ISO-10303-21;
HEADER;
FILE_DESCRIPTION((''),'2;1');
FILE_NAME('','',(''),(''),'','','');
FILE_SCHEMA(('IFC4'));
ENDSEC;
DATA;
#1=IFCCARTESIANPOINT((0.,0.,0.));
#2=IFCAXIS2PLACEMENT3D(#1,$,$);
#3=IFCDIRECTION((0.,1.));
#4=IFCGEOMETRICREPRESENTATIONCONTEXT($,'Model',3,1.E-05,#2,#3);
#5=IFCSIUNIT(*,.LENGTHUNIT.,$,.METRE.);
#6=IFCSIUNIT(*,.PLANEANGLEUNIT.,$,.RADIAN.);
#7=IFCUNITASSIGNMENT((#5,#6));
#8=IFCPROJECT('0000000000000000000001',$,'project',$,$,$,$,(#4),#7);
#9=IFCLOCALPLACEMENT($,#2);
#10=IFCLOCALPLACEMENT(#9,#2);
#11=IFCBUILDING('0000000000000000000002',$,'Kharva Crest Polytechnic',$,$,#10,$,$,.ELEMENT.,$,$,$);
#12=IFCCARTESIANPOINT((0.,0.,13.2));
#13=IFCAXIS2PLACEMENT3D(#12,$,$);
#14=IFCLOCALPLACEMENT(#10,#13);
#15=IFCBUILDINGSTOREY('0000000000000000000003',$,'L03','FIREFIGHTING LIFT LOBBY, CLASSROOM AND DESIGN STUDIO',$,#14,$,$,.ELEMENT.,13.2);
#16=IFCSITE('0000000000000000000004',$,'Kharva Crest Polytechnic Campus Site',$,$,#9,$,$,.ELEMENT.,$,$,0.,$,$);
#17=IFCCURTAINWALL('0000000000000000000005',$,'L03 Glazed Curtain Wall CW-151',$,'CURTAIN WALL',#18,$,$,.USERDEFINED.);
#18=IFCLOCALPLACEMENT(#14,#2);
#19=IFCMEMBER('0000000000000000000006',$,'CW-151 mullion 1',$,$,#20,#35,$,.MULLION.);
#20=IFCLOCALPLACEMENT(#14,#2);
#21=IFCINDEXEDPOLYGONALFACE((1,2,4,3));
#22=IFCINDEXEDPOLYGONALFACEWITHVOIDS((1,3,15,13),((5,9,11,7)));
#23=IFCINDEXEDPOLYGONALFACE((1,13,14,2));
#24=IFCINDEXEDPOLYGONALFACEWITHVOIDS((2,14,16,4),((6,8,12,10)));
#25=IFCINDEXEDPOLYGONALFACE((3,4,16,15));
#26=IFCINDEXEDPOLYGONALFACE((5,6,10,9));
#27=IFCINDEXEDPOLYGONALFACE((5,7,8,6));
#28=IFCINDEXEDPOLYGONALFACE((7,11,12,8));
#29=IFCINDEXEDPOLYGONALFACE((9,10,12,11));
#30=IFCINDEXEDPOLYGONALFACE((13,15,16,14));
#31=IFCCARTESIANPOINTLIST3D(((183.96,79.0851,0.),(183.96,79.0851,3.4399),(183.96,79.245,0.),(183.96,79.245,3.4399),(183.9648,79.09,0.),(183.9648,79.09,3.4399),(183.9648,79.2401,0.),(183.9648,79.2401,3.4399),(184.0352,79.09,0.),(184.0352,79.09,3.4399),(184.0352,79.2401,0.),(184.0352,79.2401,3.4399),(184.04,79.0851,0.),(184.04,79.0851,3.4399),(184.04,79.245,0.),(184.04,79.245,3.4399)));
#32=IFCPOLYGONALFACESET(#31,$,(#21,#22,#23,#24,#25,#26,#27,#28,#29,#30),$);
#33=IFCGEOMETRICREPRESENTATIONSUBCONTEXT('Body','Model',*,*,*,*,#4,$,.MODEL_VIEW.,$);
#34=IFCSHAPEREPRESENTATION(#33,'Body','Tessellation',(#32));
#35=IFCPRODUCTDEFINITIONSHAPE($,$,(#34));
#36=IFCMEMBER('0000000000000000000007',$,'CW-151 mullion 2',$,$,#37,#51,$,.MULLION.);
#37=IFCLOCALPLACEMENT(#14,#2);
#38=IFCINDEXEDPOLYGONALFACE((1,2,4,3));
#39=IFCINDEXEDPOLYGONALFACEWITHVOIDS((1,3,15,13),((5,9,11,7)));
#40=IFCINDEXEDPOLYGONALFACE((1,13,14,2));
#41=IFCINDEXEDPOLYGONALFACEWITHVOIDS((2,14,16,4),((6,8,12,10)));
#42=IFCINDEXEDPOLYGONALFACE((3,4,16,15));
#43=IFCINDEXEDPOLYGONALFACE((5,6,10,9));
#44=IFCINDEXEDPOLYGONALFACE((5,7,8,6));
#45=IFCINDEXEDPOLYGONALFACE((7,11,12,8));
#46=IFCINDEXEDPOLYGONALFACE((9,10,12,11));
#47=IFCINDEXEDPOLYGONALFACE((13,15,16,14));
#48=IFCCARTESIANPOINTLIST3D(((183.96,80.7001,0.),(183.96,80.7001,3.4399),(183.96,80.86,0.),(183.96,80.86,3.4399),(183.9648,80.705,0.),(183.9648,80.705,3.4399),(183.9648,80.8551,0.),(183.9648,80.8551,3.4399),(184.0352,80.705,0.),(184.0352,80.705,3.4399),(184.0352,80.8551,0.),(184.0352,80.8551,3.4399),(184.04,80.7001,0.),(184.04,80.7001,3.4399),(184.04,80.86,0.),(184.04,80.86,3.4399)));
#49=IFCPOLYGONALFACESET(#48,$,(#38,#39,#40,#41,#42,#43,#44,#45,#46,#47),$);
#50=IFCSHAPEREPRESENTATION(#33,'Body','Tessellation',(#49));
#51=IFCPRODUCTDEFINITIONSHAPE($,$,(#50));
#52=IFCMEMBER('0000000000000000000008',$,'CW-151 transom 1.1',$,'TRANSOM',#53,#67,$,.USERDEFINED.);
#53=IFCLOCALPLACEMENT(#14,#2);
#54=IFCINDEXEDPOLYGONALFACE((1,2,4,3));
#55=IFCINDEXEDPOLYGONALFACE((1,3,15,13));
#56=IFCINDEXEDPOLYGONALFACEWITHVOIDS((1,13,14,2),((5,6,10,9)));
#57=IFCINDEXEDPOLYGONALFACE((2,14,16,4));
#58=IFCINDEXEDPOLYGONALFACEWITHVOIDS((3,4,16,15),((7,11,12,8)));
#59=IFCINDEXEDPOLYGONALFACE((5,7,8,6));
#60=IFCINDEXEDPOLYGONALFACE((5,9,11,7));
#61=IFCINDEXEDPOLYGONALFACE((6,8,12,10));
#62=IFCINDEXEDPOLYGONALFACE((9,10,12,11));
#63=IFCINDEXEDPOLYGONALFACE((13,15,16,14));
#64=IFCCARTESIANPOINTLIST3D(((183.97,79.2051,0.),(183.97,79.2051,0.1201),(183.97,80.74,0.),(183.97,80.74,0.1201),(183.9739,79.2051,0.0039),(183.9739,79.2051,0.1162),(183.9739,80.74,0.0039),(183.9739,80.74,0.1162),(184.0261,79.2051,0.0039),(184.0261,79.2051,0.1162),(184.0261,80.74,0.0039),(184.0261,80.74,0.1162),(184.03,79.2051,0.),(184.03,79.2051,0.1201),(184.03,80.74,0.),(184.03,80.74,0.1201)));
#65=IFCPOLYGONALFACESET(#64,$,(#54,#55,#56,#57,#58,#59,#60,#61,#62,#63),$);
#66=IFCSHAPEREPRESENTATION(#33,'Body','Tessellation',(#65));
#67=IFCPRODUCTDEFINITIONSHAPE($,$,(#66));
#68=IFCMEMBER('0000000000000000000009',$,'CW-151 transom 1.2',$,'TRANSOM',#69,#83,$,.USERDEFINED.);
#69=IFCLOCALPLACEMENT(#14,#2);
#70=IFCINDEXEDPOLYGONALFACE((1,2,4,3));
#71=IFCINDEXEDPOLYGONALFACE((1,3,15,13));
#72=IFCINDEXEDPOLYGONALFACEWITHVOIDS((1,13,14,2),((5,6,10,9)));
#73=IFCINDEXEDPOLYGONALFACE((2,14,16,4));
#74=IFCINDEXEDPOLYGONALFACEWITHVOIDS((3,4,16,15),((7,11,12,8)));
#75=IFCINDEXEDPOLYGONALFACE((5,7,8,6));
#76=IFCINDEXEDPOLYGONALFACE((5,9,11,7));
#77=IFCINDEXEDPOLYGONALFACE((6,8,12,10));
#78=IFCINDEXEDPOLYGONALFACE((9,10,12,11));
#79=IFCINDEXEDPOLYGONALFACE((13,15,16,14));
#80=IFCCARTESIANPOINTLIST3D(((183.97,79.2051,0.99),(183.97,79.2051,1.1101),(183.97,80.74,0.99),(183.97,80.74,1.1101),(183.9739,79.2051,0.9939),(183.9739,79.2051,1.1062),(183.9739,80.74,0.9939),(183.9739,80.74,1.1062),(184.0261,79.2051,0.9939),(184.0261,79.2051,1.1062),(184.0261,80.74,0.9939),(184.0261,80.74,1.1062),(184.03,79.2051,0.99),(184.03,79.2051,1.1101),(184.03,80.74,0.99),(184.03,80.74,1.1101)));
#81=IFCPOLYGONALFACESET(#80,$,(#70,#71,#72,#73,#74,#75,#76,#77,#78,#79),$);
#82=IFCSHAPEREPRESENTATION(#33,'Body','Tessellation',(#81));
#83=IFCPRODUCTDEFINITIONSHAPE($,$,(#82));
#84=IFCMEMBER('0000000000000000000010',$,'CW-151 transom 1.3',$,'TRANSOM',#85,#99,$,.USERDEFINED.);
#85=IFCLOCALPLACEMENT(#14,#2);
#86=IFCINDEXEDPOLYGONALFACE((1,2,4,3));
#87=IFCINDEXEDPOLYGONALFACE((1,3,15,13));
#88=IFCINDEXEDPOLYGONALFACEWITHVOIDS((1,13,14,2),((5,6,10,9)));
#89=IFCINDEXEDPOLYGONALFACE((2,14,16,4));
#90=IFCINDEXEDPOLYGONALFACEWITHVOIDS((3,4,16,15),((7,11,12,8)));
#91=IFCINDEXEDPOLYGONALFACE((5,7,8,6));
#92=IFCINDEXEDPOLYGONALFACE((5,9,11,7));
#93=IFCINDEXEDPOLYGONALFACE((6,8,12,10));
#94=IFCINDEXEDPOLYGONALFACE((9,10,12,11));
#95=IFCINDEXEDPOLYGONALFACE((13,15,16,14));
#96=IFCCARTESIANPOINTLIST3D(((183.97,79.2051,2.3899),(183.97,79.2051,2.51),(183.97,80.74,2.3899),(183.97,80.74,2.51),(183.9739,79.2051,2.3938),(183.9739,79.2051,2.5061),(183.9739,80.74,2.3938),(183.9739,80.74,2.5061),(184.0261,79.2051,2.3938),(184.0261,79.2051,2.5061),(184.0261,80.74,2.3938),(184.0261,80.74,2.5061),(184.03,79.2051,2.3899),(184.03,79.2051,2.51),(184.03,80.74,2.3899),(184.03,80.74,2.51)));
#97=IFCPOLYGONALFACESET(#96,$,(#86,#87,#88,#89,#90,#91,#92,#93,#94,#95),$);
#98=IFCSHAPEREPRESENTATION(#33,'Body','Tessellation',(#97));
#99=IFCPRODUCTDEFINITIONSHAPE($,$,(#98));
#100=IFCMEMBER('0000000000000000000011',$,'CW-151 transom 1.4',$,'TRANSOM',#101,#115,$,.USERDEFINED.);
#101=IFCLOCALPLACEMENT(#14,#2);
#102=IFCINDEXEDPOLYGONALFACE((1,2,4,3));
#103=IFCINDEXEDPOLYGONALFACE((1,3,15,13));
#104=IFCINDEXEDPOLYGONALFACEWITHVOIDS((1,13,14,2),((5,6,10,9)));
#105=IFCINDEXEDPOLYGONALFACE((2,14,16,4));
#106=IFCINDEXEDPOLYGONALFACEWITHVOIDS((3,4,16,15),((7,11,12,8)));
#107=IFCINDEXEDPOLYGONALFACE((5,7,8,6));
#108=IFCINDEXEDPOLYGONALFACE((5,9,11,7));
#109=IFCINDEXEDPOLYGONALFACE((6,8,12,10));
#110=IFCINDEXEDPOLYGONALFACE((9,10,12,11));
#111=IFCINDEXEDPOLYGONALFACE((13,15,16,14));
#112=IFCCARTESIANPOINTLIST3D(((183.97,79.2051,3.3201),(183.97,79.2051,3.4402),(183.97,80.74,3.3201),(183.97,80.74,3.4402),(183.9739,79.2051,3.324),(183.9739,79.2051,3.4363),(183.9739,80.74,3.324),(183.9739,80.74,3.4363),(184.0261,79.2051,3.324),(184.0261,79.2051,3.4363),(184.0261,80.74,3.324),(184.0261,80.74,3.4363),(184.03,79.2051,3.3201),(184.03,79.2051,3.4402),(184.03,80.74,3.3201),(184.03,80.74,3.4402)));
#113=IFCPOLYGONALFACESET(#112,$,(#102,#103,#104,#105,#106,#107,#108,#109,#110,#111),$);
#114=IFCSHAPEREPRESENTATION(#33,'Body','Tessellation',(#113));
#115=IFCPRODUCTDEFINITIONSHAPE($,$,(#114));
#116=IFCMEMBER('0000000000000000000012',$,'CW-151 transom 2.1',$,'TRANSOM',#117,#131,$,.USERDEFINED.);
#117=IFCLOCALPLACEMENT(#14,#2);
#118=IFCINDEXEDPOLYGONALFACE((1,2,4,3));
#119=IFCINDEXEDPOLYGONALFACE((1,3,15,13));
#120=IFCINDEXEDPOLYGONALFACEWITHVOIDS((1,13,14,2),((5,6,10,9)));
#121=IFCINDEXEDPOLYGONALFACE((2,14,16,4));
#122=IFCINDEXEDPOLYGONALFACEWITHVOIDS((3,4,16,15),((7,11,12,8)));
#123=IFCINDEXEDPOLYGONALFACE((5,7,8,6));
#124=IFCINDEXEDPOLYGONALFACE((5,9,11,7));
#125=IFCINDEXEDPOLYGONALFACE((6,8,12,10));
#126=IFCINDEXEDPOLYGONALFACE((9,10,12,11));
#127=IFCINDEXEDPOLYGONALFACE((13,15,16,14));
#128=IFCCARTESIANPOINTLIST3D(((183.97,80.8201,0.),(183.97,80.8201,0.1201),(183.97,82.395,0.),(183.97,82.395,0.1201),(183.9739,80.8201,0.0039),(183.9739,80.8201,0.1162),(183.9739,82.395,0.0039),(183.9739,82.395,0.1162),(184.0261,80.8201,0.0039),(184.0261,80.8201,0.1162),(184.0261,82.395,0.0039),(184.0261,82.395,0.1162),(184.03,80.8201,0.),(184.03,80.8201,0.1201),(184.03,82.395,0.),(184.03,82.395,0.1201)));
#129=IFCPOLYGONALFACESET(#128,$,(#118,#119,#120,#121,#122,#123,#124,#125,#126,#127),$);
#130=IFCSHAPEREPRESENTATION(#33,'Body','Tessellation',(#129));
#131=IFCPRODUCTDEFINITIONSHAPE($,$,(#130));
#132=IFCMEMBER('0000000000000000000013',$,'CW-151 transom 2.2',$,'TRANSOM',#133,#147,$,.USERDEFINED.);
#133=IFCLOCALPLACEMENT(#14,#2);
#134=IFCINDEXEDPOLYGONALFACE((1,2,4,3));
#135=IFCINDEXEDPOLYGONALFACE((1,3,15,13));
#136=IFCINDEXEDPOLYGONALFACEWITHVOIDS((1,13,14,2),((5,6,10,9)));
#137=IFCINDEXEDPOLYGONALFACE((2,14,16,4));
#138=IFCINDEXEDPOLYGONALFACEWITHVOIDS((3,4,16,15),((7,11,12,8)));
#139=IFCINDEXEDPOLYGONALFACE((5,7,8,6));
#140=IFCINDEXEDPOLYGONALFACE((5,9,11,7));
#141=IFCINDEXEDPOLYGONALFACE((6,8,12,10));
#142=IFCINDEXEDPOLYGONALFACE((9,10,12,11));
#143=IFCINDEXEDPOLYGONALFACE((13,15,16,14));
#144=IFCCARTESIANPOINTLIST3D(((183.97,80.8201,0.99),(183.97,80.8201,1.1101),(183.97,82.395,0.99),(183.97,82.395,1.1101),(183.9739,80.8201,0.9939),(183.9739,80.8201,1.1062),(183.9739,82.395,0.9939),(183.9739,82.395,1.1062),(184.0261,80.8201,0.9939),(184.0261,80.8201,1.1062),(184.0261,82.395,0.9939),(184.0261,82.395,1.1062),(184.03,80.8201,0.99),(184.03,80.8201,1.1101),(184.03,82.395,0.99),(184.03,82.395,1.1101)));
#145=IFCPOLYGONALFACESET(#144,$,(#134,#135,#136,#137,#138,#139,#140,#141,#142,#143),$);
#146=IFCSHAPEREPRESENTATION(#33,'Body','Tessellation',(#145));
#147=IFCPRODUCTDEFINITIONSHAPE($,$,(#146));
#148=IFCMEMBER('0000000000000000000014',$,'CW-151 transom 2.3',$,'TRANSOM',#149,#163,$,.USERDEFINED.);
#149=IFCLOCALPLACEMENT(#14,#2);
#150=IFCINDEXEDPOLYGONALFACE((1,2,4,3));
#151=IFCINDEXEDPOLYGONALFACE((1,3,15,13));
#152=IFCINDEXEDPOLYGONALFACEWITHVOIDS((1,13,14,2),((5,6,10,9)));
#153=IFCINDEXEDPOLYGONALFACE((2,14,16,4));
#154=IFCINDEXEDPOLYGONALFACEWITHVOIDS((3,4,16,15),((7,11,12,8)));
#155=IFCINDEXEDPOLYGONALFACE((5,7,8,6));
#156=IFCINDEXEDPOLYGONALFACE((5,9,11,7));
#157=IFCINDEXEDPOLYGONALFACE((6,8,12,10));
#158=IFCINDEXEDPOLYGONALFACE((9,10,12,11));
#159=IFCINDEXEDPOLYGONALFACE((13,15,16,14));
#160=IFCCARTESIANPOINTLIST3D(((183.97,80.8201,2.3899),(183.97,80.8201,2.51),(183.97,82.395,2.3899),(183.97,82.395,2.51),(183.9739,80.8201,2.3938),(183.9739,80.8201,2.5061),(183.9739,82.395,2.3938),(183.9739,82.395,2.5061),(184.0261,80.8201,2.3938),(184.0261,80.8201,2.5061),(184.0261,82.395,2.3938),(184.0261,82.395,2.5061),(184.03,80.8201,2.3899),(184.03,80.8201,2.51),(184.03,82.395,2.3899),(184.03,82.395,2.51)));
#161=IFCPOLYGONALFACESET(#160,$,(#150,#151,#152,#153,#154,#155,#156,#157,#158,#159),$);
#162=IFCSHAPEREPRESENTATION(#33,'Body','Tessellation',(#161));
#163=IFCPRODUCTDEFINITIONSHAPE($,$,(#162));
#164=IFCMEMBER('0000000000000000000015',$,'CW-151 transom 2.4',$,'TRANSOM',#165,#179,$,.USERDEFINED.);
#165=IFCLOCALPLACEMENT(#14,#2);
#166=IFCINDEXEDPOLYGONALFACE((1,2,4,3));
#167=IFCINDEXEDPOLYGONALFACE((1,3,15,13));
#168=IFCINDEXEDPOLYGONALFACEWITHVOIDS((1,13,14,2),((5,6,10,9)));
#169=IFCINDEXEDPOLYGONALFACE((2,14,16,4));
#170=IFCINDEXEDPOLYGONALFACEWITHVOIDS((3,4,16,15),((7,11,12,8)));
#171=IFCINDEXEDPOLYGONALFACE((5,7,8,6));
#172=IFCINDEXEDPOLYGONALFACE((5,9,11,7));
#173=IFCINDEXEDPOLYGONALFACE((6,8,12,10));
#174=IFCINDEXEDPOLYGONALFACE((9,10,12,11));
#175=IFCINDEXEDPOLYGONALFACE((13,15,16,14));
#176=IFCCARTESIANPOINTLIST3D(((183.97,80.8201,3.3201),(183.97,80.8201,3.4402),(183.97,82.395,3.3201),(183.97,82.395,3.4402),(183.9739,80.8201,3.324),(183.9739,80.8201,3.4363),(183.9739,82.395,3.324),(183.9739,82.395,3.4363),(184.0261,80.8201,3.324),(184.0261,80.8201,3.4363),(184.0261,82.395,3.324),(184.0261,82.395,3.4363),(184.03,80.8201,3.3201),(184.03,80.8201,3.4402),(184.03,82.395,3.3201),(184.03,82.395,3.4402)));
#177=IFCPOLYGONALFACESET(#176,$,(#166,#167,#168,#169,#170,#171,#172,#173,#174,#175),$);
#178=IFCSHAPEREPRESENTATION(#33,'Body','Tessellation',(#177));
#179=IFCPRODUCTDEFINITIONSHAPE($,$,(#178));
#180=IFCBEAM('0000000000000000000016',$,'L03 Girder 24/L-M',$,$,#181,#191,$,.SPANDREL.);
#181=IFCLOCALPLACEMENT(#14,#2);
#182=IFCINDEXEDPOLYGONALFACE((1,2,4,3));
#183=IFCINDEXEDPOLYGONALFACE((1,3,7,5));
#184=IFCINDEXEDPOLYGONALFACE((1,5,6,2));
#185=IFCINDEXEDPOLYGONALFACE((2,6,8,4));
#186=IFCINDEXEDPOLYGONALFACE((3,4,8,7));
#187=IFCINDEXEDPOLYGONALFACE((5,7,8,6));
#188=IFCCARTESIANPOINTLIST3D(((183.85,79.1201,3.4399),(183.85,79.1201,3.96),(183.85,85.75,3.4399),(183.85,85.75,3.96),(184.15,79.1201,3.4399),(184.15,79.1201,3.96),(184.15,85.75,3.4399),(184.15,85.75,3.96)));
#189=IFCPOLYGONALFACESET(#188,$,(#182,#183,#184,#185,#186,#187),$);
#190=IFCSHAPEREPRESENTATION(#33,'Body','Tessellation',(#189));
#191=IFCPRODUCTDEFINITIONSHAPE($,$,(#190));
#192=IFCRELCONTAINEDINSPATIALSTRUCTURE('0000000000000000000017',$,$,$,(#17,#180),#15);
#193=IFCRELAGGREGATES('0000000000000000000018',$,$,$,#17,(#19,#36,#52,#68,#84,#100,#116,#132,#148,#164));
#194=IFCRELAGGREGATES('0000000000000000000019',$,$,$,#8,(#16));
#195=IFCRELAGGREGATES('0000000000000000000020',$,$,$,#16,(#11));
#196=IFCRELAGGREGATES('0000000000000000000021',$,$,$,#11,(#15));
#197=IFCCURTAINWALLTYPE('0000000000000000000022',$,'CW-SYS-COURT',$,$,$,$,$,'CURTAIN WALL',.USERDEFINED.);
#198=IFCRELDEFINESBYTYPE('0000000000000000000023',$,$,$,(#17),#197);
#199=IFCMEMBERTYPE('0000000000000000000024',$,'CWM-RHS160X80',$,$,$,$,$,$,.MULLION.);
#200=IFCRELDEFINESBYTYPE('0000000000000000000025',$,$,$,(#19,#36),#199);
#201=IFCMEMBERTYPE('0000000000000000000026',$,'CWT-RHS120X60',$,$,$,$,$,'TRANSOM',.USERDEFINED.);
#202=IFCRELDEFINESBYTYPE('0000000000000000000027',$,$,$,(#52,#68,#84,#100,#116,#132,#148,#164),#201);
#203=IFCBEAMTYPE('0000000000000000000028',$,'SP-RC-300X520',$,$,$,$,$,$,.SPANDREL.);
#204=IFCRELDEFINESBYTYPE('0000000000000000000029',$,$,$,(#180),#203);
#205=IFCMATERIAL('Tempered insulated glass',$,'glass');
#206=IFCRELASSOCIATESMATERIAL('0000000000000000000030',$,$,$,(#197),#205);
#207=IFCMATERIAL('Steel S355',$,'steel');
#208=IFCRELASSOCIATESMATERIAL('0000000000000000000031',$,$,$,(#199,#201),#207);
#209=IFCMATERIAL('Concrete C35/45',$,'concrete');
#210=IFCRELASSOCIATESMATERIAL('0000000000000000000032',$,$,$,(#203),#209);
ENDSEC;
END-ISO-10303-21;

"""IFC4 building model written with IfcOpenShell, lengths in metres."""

from ifc_helpers import new_model, si_unit, direction, frame, origin, origin_2d, place, context, subcontext, project, spatial, rectangle, hollow_rectangle, extrude, material, material_profile, profile_set, type_object, element, aggregate, save


model = new_model("IFC4")

# Units and contexts
model_context = context("Model", 3, precision=1e-05, world=origin(), true_north=direction((0.0, 1.0)))
body_context = subcontext(model_context, "Body", "Model", "MODEL_VIEW")
ifc_project = project(units=[si_unit("LENGTHUNIT", "METRE"), si_unit("PLANEANGLEUNIT", "RADIAN")], contexts=[model_context])

# Site, building, storey
site_placement = place(None, origin())
site = spatial("IfcSite", under=ifc_project, at=site_placement, Name="Kharva Crest Polytechnic Campus Site", CompositionType="ELEMENT", RefElevation=0.0)
building_placement = place(site_placement, origin())
building = spatial("IfcBuilding", under=site, at=building_placement, Name="Kharva Crest Polytechnic", CompositionType="ELEMENT")
storey_placement = place(building_placement, frame((0.0, 0.0, 13.2)))
storey = spatial("IfcBuildingStorey", under=building, at=storey_placement, Name="L03", Description="FIREFIGHTING LIFT LOBBY, CLASSROOM AND DESIGN STUDIO", CompositionType="ELEMENT", Elevation=13.2)

# Shared definitions
ifc_material_1 = material(Name="Steel S355", Category="steel")

# Curtain wall, members
ifc_material_2 = material(Name="Tempered insulated glass", Category="glass")
curtain_wall_type = type_object("IfcCurtainWallType", Name="CW-SYS-COURT", ElementType="CURTAIN WALL", PredefinedType="USERDEFINED", material=ifc_material_2)
curtain_wall_placement = place(storey_placement, origin())
curtain_wall = element("IfcCurtainWall", 1, at=curtain_wall_placement, inside=storey, type_object=curtain_wall_type, Name="L03 Glazed Curtain Wall CW-151", ObjectType="CURTAIN WALL", PredefinedType="USERDEFINED")
ifc_material_profile_1 = material_profile(ifc_material_1, hollow_rectangle(XDim=0.0801, YDim=0.1599, WallThickness=0.0049, at=origin_2d()), Name="RHS 160X80X5.0")
ifc_profile_set_1 = profile_set([ifc_material_profile_1], Name="Steel S355")
member_type_1 = type_object("IfcMemberType", Name="CWM-RHS160X80", PredefinedType="MULLION", material=ifc_profile_set_1)
member_1_placement = place(storey_placement, frame((184.0, 79.165, 0.0), z_axis=(0.0, 0.0, 1.0), x_axis=(-1.0, 0.0, 0.0)))
member_1 = element("IfcMember", 2, at=member_1_placement, type_object=member_type_1, Name="CW-151 mullion 1", PredefinedType="MULLION", context=body_context, shape_type="SweptSolid", body=[
    extrude(hollow_rectangle(XDim=0.0801, YDim=0.1599, WallThickness=0.0049, at=origin_2d()), origin(), (0.0, 0.0, 1.0), 3.4399),
])
member_2_placement = place(storey_placement, frame((184.0, 80.78, 0.0), z_axis=(0.0, 0.0, 1.0), x_axis=(-1.0, 0.0, 0.0)))
member_2 = element("IfcMember", 3, at=member_2_placement, type_object=member_type_1, Name="CW-151 mullion 2", PredefinedType="MULLION", context=body_context, shape_type="SweptSolid", body=[
    extrude(hollow_rectangle(XDim=0.0801, YDim=0.1599, WallThickness=0.0049, at=origin_2d()), origin(), (0.0, 0.0, 1.0), 3.4399),
])
ifc_material_profile_2 = material_profile(ifc_material_1, hollow_rectangle(XDim=0.0601, YDim=0.1201, WallThickness=0.0039, at=origin_2d()), Name="RHS 120X60X4.0")
ifc_profile_set_2 = profile_set([ifc_material_profile_2], Name="Steel S355")
member_type_2 = type_object("IfcMemberType", Name="CWT-RHS120X60", ElementType="TRANSOM", PredefinedType="USERDEFINED", material=ifc_profile_set_2)
member_3_placement = place(storey_placement, frame((184.0, 79.2051, 0.0601), z_axis=(0.0, 1.0, 0.0), x_axis=(-1.0, 0.0, 0.0)))
member_3 = element("IfcMember", 4, at=member_3_placement, type_object=member_type_2, Name="CW-151 transom 1.1", ObjectType="TRANSOM", PredefinedType="USERDEFINED", context=body_context, shape_type="SweptSolid", body=[
    extrude(hollow_rectangle(XDim=0.0601, YDim=0.1201, WallThickness=0.0039, at=origin_2d()), origin(), (0.0, 0.0, 1.0), 1.5349),
])
member_4_placement = place(storey_placement, frame((184.0, 79.2051, 1.05), z_axis=(0.0, 1.0, 0.0), x_axis=(-1.0, 0.0, 0.0)))
member_4 = element("IfcMember", 5, at=member_4_placement, type_object=member_type_2, Name="CW-151 transom 1.2", ObjectType="TRANSOM", PredefinedType="USERDEFINED", context=body_context, shape_type="SweptSolid", body=[
    extrude(hollow_rectangle(XDim=0.0601, YDim=0.1201, WallThickness=0.0039, at=origin_2d()), origin(), (0.0, 0.0, 1.0), 1.5349),
])
member_5_placement = place(storey_placement, frame((184.0, 79.2051, 2.45), z_axis=(0.0, 1.0, 0.0), x_axis=(-1.0, 0.0, 0.0)))
member_5 = element("IfcMember", 6, at=member_5_placement, type_object=member_type_2, Name="CW-151 transom 1.3", ObjectType="TRANSOM", PredefinedType="USERDEFINED", context=body_context, shape_type="SweptSolid", body=[
    extrude(hollow_rectangle(XDim=0.0601, YDim=0.1201, WallThickness=0.0039, at=origin_2d()), origin(), (0.0, 0.0, 1.0), 1.5349),
])
member_6_placement = place(storey_placement, frame((184.0, 79.2051, 3.3801), z_axis=(0.0, 1.0, 0.0), x_axis=(-1.0, 0.0, 0.0)))
member_6 = element("IfcMember", 7, at=member_6_placement, type_object=member_type_2, Name="CW-151 transom 1.4", ObjectType="TRANSOM", PredefinedType="USERDEFINED", context=body_context, shape_type="SweptSolid", body=[
    extrude(hollow_rectangle(XDim=0.0601, YDim=0.1201, WallThickness=0.0039, at=origin_2d()), origin(), (0.0, 0.0, 1.0), 1.5349),
])
member_7_placement = place(storey_placement, frame((184.0, 80.8201, 0.0601), z_axis=(0.0, 1.0, 0.0), x_axis=(-1.0, 0.0, 0.0)))
member_7 = element("IfcMember", 8, at=member_7_placement, type_object=member_type_2, Name="CW-151 transom 2.1", ObjectType="TRANSOM", PredefinedType="USERDEFINED", context=body_context, shape_type="SweptSolid", body=[
    extrude(hollow_rectangle(XDim=0.0601, YDim=0.1201, WallThickness=0.0039, at=origin_2d()), origin(), (0.0, 0.0, 1.0), 1.575),
])
member_8_placement = place(storey_placement, frame((184.0, 80.8201, 1.05), z_axis=(0.0, 1.0, 0.0), x_axis=(-1.0, 0.0, 0.0)))
member_8 = element("IfcMember", 9, at=member_8_placement, type_object=member_type_2, Name="CW-151 transom 2.2", ObjectType="TRANSOM", PredefinedType="USERDEFINED", context=body_context, shape_type="SweptSolid", body=[
    extrude(hollow_rectangle(XDim=0.0601, YDim=0.1201, WallThickness=0.0039, at=origin_2d()), origin(), (0.0, 0.0, 1.0), 1.575),
])
member_9_placement = place(storey_placement, frame((184.0, 80.8201, 2.45), z_axis=(0.0, 1.0, 0.0), x_axis=(-1.0, 0.0, 0.0)))
member_9 = element("IfcMember", 10, at=member_9_placement, type_object=member_type_2, Name="CW-151 transom 2.3", ObjectType="TRANSOM", PredefinedType="USERDEFINED", context=body_context, shape_type="SweptSolid", body=[
    extrude(hollow_rectangle(XDim=0.0601, YDim=0.1201, WallThickness=0.0039, at=origin_2d()), origin(), (0.0, 0.0, 1.0), 1.575),
])
member_10_placement = place(storey_placement, frame((184.0, 80.8201, 3.3801), z_axis=(0.0, 1.0, 0.0), x_axis=(-1.0, 0.0, 0.0)))
member_10 = element("IfcMember", 11, at=member_10_placement, type_object=member_type_2, Name="CW-151 transom 2.4", ObjectType="TRANSOM", PredefinedType="USERDEFINED", context=body_context, shape_type="SweptSolid", body=[
    extrude(hollow_rectangle(XDim=0.0601, YDim=0.1201, WallThickness=0.0039, at=origin_2d()), origin(), (0.0, 0.0, 1.0), 1.575),
])

# Beam
ifc_material_3 = material(Name="Concrete C35/45", Category="concrete")
ifc_material_profile_3 = material_profile(ifc_material_3, rectangle(XDim=0.3, YDim=0.52, at=origin_2d()), Name="RECT 300 X 520")
ifc_profile_set_3 = profile_set([ifc_material_profile_3], Name="Concrete C35/45")
beam_type = type_object("IfcBeamType", Name="SP-RC-300X520", PredefinedType="SPANDREL", material=ifc_profile_set_3)
beam_placement = place(storey_placement, frame((184.0, 79.1201, 3.7), z_axis=(0.0, 1.0, 0.0), x_axis=(-1.0, 0.0, 0.0)))
element("IfcBeam", 12, at=beam_placement, inside=storey, type_object=beam_type, Name="L03 Girder 24/L-M", PredefinedType="SPANDREL", context=body_context, shape_type="SweptSolid", body=[
    extrude(rectangle(XDim=0.3, YDim=0.52, at=origin_2d()), origin(), (0.0, 0.0, 1.0), 6.6299),
])

aggregate(curtain_wall, [member_1, member_2, member_3, member_4, member_5, member_6, member_7, member_8, member_9, member_10])

save(model, "model.ifc")
